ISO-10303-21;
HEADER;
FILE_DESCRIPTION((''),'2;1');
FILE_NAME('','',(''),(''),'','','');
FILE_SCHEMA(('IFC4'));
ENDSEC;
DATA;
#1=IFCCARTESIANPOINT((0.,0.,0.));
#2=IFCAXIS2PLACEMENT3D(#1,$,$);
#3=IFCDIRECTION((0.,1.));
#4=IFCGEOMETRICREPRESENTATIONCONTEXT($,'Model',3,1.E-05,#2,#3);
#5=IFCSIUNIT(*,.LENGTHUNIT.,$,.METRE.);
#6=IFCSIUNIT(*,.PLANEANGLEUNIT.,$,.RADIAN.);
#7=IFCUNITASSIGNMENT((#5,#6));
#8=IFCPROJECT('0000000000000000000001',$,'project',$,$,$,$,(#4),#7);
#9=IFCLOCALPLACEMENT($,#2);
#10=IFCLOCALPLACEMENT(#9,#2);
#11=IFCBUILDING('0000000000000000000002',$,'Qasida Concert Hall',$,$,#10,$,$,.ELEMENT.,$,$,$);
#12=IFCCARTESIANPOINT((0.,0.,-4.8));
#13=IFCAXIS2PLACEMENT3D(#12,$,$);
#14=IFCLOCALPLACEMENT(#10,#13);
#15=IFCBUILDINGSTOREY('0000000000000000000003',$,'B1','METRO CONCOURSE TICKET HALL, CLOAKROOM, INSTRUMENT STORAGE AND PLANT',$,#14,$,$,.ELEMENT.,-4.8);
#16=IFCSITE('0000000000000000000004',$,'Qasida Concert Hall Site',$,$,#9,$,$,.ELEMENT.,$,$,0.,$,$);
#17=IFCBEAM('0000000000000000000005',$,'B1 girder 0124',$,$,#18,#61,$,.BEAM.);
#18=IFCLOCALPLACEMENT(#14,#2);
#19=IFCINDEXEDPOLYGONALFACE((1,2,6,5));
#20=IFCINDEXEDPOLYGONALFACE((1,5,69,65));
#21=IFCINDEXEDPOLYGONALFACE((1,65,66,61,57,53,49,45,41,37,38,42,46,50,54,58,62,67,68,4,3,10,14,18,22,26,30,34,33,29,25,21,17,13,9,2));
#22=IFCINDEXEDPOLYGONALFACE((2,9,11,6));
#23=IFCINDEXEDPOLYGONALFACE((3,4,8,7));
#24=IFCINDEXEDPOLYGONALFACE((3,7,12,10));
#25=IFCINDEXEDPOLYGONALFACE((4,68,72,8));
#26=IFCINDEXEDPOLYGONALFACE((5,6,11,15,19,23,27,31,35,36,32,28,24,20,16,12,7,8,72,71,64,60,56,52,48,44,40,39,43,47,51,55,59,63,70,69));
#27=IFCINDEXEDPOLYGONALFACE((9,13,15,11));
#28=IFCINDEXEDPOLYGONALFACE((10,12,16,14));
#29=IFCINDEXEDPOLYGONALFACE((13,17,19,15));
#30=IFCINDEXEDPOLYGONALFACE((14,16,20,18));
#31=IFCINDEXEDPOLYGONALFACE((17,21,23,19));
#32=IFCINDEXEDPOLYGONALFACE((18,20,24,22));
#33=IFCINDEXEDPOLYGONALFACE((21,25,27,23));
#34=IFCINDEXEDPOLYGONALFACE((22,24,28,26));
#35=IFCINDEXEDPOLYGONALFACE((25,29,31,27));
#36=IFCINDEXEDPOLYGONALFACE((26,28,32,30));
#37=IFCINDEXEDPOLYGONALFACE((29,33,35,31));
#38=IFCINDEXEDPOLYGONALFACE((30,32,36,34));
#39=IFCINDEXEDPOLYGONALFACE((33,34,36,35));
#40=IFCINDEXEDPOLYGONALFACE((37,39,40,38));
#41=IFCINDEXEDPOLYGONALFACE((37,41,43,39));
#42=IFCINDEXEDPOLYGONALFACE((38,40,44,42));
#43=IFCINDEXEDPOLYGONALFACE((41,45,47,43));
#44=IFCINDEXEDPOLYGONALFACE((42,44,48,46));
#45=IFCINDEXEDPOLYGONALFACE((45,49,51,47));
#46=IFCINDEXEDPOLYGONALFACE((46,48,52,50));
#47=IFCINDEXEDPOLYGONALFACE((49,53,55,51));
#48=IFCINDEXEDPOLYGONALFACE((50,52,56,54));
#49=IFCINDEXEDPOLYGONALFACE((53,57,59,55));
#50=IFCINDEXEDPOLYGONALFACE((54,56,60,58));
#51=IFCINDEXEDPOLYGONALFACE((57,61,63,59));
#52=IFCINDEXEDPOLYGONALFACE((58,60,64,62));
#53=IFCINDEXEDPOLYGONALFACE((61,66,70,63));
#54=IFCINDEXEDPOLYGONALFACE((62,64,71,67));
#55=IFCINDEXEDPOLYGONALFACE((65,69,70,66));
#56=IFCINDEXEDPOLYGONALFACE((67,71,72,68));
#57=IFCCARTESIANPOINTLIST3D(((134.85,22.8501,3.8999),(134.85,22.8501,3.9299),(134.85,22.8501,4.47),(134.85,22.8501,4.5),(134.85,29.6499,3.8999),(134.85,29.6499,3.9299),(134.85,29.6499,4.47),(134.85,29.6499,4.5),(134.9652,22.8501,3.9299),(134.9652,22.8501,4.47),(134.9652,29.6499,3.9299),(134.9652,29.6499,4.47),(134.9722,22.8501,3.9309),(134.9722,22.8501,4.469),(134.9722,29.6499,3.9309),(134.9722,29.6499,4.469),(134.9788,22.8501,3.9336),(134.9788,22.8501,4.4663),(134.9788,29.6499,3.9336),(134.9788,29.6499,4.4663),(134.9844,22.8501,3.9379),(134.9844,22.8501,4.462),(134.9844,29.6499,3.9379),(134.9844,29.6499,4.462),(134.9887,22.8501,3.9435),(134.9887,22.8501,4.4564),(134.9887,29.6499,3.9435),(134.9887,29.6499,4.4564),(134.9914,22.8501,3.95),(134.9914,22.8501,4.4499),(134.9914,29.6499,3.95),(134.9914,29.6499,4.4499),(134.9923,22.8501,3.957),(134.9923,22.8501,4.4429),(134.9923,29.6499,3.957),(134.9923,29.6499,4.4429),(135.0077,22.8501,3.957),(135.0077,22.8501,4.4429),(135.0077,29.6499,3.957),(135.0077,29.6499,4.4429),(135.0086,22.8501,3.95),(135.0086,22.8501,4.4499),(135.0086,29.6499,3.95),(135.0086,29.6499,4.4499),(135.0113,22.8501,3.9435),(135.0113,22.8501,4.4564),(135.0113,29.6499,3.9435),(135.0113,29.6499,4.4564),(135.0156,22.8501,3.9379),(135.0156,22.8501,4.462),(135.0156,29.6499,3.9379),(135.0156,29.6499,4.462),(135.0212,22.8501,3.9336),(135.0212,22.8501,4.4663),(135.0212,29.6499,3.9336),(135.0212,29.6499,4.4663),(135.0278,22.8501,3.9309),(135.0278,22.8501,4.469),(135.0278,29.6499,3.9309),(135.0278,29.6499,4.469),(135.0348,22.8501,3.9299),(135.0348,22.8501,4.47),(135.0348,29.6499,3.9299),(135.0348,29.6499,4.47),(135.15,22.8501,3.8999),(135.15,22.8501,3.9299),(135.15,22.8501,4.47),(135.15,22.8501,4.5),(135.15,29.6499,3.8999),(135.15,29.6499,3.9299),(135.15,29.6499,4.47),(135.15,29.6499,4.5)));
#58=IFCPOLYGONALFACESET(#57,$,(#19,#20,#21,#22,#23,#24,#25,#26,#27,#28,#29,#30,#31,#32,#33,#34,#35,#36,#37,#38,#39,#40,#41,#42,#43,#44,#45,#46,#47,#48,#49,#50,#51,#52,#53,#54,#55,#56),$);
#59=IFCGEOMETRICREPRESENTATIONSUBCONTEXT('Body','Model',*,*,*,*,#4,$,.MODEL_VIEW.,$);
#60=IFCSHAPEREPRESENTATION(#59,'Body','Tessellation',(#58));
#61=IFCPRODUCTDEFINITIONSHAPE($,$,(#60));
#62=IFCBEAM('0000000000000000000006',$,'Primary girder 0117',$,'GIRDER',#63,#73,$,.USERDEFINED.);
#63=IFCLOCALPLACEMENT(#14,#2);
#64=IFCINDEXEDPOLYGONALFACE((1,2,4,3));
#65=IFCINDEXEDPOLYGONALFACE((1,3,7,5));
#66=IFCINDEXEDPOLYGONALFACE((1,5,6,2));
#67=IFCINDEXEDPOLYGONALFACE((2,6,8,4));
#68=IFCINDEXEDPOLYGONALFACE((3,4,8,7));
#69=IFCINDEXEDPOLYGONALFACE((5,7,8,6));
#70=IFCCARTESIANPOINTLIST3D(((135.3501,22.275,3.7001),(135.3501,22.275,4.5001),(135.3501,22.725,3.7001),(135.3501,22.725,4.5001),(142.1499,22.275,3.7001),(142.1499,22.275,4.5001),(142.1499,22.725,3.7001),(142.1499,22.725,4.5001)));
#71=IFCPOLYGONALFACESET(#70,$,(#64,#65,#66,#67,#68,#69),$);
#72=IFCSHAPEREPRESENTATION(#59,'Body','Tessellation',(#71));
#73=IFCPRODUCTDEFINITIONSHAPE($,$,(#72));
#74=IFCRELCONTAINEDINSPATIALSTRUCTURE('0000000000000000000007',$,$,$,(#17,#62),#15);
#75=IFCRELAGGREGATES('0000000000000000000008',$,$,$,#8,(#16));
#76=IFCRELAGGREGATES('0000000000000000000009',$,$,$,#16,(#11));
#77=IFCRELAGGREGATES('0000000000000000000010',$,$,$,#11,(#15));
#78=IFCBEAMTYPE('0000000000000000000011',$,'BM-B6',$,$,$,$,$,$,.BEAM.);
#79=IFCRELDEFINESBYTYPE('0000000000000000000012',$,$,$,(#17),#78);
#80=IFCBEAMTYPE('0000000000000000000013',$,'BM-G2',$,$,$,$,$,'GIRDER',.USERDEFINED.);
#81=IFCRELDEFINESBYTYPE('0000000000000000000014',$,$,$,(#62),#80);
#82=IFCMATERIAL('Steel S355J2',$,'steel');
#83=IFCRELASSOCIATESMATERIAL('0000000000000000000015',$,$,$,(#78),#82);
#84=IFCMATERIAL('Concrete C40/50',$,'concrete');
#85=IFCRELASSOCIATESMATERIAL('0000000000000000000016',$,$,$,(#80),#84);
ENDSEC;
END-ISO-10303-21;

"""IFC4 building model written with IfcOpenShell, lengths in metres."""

from ifc_helpers import new_model, si_unit, direction, frame, origin, origin_2d, place, context, subcontext, project, spatial, rectangle, i_section, extrude, material, material_profile, profile_set, type_object, element, save


model = new_model("IFC4")

# Units and contexts
model_context = context("Model", 3, precision=1e-05, world=origin(), true_north=direction((0.0, 1.0)))
body_context = subcontext(model_context, "Body", "Model", "MODEL_VIEW")
ifc_project = project(units=[si_unit("LENGTHUNIT", "METRE"), si_unit("PLANEANGLEUNIT", "RADIAN")], contexts=[model_context])

# Site, building, storey
site_placement = place(None, origin())
site = spatial("IfcSite", under=ifc_project, at=site_placement, Name="Qasida Concert Hall Site", CompositionType="ELEMENT", RefElevation=0.0)
building_placement = place(site_placement, origin())
building = spatial("IfcBuilding", under=site, at=building_placement, Name="Qasida Concert Hall", CompositionType="ELEMENT")
storey_placement = place(building_placement, frame((0.0, 0.0, -4.8)))
storey = spatial("IfcBuildingStorey", under=building, at=storey_placement, Name="B1", Description="METRO CONCOURSE TICKET HALL, CLOAKROOM, INSTRUMENT STORAGE AND PLANT", CompositionType="ELEMENT", Elevation=-4.8)

# Shared definitions
ifc_material_1 = material(Name="Concrete C40/50", Category="concrete")

# Beams
ifc_material_2 = material(Name="Steel S355J2", Category="steel")
ifc_material_profile_1 = material_profile(ifc_material_2, i_section(OverallWidth=0.3, OverallDepth=0.6001, WebThickness=0.0154, FlangeThickness=0.03, FilletRadius=0.0271, at=origin_2d()), Name="HEB 600")
ifc_profile_set_1 = profile_set([ifc_material_profile_1], Name="Steel S355J2")
beam_type_1 = type_object("IfcBeamType", Name="BM-B6", PredefinedType="BEAM", material=ifc_profile_set_1)
beam_1_placement = place(storey_placement, frame((135.0, 22.8501, 4.2), z_axis=(0.0, 1.0, 0.0), x_axis=(-1.0, 0.0, 0.0)))
element("IfcBeam", 1, at=beam_1_placement, inside=storey, type_object=beam_type_1, Name="B1 girder 0124", PredefinedType="BEAM", context=body_context, shape_type="SweptSolid", body=[
    extrude(i_section(OverallWidth=0.3, OverallDepth=0.6001, WebThickness=0.0154, FlangeThickness=0.03, FilletRadius=0.0271, at=origin_2d()), origin(), (0.0, 0.0, 1.0), 6.7998),
])
ifc_material_profile_2 = material_profile(ifc_material_1, rectangle(XDim=0.45, YDim=0.8, at=origin_2d()), Name="RC 450x800")
ifc_profile_set_2 = profile_set([ifc_material_profile_2], Name="Concrete C40/50")
beam_type_2 = type_object("IfcBeamType", Name="BM-G2", ElementType="GIRDER", PredefinedType="USERDEFINED", material=ifc_profile_set_2)
beam_2_placement = place(storey_placement, frame((135.3501, 22.5, 4.1001), z_axis=(1.0, 0.0, 0.0), x_axis=(0.0, 1.0, 0.0)))
element("IfcBeam", 2, at=beam_2_placement, inside=storey, type_object=beam_type_2, Name="Primary girder 0117", ObjectType="GIRDER", PredefinedType="USERDEFINED", context=body_context, shape_type="SweptSolid", body=[
    extrude(rectangle(XDim=0.45, YDim=0.8, at=origin_2d()), origin(), (0.0, 0.0, 1.0), 6.7998),
])

save(model, "model.ifc")
